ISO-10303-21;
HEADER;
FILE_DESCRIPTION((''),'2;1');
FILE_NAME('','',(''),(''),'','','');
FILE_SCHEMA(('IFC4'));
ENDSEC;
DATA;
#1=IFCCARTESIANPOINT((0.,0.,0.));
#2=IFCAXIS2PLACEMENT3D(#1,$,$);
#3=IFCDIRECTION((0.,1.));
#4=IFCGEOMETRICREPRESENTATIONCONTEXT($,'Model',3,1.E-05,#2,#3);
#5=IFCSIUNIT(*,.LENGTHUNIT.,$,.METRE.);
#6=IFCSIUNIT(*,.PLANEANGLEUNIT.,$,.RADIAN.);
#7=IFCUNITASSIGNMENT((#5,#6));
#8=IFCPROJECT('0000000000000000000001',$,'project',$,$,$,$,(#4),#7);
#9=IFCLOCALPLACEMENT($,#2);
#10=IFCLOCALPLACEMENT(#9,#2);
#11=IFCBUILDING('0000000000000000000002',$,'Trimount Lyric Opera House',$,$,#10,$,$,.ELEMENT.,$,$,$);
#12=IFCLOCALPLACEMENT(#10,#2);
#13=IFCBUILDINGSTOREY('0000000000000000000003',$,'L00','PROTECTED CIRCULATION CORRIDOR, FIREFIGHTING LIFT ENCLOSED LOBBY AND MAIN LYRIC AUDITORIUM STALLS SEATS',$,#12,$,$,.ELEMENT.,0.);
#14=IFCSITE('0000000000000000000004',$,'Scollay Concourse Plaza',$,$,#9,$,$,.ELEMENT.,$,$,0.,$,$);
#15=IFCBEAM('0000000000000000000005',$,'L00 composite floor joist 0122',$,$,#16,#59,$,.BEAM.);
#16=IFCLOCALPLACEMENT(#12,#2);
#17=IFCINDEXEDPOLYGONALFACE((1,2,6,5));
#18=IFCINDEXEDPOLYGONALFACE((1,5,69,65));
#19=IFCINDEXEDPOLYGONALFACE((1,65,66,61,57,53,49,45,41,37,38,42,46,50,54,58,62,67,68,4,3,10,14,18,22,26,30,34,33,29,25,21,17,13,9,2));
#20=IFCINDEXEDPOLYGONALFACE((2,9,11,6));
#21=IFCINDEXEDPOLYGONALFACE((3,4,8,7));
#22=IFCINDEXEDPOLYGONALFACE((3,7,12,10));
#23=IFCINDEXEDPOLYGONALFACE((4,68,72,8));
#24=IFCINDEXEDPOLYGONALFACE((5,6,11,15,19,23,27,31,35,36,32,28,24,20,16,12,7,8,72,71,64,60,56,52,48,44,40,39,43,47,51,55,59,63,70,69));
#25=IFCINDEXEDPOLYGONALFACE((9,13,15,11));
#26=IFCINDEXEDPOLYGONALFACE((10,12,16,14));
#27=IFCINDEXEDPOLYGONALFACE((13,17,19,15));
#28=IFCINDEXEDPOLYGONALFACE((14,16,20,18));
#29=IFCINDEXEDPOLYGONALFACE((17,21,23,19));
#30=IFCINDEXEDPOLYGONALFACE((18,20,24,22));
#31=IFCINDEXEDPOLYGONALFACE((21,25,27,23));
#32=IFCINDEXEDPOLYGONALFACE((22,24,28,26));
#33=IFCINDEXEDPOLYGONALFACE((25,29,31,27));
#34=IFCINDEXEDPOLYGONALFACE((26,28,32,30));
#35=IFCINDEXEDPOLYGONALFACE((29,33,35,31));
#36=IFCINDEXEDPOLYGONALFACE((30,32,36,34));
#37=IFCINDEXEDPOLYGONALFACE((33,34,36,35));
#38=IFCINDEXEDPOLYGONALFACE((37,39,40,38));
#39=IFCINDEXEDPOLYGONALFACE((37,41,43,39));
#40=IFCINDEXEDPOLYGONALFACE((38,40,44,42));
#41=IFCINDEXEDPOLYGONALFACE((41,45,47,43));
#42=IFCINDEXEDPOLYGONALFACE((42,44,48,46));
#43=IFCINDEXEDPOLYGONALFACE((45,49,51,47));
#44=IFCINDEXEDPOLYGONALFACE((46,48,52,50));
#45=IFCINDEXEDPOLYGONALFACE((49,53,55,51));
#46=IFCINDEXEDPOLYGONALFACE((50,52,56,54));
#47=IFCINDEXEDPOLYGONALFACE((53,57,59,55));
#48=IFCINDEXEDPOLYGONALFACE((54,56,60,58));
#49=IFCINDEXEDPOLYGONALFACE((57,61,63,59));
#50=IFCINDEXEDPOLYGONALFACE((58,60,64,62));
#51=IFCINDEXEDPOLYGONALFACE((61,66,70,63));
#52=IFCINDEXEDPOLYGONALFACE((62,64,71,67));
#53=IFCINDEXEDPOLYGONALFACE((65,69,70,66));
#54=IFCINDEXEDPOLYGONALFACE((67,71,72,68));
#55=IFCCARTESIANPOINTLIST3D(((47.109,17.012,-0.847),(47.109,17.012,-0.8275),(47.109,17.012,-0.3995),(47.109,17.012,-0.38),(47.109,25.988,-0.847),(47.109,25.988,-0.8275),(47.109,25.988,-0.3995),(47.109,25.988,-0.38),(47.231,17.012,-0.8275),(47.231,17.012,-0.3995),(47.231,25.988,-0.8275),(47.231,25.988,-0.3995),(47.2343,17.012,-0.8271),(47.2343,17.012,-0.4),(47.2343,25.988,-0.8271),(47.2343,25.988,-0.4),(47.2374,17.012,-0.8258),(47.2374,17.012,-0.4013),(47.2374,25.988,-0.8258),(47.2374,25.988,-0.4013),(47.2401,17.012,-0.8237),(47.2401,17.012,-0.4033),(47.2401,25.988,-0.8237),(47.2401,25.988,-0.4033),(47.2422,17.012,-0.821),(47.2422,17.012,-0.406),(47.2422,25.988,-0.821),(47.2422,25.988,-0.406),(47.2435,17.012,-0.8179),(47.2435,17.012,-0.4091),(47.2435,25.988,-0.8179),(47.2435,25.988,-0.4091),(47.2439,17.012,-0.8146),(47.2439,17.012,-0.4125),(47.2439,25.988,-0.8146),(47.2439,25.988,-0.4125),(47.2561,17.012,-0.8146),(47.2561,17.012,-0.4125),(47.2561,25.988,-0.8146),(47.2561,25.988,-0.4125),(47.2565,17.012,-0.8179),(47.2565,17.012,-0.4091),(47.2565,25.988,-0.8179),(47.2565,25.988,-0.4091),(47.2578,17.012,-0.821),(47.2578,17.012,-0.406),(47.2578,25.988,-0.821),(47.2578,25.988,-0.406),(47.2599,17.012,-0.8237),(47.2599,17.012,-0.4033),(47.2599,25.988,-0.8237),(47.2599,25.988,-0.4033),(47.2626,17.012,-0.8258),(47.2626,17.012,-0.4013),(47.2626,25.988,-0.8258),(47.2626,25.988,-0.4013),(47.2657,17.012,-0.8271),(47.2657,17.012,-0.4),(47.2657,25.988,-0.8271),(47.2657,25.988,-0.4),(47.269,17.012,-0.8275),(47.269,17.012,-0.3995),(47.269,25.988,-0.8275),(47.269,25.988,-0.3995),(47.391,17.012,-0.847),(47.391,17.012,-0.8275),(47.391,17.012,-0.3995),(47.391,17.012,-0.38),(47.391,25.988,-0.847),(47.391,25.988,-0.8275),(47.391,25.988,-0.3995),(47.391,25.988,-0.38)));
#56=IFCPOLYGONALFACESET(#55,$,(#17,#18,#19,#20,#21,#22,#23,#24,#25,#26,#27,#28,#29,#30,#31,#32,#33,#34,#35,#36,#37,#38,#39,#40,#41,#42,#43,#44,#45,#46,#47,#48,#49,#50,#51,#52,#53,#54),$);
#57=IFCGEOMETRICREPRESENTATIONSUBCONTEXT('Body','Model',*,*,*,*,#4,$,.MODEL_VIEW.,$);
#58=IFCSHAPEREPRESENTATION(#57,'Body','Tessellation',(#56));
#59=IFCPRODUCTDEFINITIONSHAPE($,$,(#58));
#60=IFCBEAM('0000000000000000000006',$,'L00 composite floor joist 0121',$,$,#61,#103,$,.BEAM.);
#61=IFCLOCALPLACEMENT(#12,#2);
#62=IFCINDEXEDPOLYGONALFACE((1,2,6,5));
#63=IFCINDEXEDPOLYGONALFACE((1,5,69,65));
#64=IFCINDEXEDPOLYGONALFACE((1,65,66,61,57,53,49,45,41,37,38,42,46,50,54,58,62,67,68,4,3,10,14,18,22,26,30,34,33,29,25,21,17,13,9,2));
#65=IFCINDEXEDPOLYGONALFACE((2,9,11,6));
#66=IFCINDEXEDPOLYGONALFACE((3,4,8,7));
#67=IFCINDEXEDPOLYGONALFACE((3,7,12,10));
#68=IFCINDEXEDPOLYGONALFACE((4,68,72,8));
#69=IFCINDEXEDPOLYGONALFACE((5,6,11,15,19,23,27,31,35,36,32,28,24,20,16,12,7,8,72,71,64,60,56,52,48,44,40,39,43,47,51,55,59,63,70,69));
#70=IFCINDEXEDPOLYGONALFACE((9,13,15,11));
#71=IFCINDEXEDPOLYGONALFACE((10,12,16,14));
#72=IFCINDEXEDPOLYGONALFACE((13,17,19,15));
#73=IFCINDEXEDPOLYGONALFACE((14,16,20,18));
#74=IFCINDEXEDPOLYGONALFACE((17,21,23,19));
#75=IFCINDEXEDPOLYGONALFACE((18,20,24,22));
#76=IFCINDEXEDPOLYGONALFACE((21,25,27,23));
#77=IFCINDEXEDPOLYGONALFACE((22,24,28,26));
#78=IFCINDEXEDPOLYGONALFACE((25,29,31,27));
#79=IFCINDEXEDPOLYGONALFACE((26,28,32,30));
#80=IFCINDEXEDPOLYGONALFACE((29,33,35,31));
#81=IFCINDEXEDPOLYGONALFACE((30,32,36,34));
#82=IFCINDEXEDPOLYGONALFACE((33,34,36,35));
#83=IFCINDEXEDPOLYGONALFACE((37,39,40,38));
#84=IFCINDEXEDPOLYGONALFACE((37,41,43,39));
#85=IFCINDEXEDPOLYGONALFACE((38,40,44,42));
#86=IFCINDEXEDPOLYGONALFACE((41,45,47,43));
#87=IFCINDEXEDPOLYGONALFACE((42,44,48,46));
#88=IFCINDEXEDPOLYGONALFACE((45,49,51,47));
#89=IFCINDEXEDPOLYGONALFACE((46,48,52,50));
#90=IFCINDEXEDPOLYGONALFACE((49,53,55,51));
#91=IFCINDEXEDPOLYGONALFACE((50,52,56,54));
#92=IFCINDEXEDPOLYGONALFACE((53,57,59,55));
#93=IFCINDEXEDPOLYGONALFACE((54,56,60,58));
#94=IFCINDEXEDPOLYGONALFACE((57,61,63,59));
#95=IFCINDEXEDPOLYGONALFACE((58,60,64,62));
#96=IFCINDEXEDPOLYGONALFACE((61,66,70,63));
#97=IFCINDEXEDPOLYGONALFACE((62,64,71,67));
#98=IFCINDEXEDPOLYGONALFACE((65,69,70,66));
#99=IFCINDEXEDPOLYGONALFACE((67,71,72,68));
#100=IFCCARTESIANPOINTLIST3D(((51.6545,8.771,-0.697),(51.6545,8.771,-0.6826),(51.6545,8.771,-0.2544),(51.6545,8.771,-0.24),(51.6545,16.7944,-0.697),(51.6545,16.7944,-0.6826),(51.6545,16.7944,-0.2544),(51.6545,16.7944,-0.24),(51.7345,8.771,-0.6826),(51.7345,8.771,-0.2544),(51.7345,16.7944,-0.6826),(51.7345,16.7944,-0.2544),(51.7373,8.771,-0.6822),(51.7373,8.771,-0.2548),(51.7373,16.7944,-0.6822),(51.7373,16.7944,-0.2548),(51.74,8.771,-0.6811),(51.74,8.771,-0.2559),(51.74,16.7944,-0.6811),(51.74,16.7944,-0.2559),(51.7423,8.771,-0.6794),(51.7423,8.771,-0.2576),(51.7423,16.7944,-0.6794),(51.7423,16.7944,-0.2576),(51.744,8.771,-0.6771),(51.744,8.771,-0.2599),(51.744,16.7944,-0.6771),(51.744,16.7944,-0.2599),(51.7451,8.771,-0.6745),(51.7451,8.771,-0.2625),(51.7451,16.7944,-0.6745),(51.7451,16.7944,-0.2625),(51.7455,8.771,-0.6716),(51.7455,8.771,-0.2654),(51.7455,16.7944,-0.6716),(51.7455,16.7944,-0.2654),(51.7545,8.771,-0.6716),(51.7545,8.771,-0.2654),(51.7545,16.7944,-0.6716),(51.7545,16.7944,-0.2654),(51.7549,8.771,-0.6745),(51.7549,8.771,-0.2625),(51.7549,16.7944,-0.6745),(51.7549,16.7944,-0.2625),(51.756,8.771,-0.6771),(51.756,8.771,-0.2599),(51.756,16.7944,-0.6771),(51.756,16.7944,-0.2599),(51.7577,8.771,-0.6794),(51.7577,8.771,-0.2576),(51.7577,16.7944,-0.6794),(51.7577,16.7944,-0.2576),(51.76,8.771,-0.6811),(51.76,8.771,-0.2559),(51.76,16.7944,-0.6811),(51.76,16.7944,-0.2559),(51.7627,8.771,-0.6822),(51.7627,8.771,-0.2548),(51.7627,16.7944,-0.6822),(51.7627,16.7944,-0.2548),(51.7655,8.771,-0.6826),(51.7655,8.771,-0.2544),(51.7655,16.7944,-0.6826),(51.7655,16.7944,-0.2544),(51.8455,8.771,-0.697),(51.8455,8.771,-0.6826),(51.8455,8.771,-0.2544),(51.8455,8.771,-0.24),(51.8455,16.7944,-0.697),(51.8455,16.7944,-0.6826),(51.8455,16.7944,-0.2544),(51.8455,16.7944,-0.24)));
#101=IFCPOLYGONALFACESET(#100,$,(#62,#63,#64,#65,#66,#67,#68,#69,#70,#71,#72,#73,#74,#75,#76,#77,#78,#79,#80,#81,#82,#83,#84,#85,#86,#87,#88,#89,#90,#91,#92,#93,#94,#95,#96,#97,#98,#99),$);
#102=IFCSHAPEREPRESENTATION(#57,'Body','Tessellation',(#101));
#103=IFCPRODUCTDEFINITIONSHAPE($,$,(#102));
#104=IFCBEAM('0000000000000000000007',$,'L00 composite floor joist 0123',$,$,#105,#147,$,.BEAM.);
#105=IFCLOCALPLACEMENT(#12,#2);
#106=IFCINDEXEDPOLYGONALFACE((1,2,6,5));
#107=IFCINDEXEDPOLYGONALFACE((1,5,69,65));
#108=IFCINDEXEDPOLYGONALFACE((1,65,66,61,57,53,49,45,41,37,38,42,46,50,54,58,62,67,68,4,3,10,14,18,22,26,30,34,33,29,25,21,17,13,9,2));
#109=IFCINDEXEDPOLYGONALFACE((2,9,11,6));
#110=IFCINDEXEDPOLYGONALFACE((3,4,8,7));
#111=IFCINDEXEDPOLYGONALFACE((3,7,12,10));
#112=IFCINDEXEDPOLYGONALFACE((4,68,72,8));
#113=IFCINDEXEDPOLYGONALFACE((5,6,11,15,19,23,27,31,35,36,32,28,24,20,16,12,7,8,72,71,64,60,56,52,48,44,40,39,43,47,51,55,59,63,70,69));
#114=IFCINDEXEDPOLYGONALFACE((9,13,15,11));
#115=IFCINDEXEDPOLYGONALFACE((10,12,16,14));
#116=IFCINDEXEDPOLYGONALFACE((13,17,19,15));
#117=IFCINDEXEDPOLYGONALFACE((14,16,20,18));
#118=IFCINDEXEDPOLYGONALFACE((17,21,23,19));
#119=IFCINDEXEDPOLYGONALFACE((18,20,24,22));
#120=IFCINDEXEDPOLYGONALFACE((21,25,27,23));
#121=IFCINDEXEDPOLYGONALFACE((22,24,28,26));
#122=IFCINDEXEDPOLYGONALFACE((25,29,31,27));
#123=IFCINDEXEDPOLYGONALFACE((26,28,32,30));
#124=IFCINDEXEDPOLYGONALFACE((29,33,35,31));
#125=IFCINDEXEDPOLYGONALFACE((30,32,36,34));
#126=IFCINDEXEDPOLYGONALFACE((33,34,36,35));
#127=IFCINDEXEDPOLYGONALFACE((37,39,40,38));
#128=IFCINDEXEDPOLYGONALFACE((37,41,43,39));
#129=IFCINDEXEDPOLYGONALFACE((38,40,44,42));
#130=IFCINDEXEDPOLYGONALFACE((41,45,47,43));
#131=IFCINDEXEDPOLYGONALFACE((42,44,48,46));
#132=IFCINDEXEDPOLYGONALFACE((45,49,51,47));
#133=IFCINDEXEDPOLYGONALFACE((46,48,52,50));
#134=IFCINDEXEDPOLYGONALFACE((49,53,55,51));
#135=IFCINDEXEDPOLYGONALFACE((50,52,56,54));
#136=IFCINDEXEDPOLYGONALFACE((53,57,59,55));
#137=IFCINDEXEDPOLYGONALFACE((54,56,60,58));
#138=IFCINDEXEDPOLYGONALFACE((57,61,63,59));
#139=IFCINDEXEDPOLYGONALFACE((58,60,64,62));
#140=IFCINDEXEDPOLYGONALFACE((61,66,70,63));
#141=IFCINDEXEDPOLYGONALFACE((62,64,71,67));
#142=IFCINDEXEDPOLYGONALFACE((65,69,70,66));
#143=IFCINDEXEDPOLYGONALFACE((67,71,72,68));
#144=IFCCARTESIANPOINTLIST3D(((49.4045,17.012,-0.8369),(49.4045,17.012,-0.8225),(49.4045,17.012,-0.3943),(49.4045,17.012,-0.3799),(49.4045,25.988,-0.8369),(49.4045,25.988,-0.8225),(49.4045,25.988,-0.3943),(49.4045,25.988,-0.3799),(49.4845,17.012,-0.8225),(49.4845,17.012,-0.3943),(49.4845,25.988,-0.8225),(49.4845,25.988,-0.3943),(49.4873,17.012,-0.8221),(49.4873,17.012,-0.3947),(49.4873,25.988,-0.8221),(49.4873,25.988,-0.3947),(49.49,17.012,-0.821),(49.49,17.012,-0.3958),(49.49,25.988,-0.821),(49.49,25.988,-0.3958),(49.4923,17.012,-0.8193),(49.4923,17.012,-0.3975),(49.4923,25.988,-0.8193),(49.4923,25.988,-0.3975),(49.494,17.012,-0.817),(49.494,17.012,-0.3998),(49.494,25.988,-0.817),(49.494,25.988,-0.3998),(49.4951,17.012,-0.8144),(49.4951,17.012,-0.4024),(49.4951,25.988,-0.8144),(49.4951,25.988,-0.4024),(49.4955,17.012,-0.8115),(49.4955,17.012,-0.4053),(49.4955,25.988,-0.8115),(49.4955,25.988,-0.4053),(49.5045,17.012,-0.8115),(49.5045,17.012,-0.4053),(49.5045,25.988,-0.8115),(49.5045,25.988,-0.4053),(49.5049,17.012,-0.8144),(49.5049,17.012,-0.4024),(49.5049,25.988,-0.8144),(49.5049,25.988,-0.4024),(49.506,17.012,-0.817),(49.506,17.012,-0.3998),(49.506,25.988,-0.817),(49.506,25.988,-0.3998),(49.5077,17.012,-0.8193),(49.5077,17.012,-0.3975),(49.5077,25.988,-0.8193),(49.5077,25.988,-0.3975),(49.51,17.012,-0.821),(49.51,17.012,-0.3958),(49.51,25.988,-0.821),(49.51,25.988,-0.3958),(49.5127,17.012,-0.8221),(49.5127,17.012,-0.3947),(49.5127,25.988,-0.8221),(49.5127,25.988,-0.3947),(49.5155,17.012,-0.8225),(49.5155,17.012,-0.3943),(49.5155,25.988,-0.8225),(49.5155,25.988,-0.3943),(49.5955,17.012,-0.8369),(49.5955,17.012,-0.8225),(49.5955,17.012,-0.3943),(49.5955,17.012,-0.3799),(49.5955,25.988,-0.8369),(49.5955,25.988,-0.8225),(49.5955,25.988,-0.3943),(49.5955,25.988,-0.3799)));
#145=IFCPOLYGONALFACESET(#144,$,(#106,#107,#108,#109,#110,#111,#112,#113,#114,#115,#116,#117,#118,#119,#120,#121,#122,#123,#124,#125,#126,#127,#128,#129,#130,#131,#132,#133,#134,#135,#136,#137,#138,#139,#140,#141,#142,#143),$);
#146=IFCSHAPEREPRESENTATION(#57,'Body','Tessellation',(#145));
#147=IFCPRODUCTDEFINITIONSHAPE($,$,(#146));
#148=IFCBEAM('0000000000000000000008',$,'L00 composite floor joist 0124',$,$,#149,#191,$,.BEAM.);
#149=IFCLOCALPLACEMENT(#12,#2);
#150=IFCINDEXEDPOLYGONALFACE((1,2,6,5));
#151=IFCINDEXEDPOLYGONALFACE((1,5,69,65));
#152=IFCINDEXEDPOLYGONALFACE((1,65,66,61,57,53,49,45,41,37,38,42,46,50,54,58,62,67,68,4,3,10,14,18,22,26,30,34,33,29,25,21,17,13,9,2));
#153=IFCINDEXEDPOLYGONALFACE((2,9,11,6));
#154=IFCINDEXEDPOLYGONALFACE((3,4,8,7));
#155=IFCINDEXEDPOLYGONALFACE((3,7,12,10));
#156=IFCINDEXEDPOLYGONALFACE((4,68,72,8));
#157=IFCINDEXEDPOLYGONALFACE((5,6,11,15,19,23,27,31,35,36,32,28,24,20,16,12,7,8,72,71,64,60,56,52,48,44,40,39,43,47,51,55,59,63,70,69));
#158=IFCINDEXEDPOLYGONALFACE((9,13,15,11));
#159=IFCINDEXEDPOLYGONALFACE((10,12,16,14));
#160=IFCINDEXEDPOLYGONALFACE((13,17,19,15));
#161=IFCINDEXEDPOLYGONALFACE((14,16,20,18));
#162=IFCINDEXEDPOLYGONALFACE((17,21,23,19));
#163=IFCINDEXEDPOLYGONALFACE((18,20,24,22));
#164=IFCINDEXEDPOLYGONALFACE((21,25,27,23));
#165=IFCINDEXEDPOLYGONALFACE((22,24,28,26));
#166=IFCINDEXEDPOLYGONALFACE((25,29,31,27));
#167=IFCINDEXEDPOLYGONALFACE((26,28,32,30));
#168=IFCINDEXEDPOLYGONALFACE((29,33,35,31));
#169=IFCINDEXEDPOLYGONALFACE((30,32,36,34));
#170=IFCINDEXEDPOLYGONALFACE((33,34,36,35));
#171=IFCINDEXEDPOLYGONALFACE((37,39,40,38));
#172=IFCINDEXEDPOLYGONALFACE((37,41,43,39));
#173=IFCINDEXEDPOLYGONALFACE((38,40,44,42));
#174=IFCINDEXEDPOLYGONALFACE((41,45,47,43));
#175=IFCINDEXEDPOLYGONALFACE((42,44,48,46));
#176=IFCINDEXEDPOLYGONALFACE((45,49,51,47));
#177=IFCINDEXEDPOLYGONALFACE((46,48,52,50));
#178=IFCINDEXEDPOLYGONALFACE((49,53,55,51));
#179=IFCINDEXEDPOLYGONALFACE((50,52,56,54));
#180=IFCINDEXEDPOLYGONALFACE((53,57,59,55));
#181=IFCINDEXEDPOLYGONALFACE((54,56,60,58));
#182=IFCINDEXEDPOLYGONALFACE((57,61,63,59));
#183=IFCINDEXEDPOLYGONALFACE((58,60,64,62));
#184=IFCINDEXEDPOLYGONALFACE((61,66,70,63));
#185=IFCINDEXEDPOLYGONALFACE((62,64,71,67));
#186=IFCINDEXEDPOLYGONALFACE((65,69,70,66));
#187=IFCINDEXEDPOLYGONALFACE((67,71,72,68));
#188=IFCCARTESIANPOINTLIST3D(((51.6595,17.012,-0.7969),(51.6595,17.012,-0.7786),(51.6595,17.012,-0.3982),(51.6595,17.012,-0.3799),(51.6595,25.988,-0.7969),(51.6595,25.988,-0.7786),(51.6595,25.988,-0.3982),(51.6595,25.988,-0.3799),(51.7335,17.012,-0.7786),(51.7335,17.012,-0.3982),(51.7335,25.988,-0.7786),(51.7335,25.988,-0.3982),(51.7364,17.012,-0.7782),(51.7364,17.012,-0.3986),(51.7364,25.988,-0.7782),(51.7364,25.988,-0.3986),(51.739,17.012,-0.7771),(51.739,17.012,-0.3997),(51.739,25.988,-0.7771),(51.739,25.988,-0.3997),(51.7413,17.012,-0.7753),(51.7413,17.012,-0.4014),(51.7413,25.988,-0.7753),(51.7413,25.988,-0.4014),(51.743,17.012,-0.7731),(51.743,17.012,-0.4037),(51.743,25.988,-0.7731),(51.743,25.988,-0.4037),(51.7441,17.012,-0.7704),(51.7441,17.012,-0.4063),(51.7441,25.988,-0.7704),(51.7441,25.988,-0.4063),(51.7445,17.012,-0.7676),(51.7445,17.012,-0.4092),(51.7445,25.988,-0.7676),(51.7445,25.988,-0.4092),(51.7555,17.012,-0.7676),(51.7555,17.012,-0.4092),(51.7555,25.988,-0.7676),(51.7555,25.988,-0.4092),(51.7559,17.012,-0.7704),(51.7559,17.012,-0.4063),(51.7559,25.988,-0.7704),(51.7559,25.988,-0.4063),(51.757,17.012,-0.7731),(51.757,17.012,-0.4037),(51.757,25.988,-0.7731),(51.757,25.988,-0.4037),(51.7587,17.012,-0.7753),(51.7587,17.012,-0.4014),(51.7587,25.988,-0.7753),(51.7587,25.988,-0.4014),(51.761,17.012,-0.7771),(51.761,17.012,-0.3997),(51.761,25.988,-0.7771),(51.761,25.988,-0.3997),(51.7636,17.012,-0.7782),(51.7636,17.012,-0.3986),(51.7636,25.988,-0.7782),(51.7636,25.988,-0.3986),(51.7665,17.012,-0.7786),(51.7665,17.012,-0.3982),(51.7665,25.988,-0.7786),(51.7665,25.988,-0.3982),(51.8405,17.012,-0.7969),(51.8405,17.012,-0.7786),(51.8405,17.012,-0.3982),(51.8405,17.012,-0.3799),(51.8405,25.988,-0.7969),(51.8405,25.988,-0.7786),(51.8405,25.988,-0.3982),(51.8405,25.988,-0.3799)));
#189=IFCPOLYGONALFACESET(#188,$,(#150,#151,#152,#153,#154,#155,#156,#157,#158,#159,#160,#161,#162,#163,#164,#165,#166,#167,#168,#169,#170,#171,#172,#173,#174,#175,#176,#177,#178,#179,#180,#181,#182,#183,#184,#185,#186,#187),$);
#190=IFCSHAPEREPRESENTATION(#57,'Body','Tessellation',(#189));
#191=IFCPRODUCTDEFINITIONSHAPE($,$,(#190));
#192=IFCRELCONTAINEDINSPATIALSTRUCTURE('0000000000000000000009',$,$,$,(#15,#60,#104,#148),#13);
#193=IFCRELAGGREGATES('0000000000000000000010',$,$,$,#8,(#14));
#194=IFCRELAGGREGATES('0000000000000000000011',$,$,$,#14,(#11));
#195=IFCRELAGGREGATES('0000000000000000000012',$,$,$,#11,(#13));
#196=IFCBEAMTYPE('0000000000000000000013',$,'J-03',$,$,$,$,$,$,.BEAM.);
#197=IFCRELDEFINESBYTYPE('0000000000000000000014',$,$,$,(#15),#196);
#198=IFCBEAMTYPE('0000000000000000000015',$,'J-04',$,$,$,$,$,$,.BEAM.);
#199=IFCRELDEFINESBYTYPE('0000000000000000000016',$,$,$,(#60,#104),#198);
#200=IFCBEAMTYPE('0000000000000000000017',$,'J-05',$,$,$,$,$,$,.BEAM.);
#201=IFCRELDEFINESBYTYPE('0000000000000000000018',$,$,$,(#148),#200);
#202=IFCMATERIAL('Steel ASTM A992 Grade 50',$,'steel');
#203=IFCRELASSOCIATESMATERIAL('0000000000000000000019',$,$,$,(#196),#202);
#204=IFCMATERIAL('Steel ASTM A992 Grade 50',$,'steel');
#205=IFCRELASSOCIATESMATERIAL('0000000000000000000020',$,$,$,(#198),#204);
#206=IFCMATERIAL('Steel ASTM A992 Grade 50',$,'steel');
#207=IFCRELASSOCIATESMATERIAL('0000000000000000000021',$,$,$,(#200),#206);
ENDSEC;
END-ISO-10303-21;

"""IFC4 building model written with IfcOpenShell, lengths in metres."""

from ifc_helpers import new_model, si_unit, direction, frame, origin, origin_2d, place, context, subcontext, project, spatial, i_section, extrude, material, material_profile, profile_set, type_object, element, save


model = new_model("IFC4")

# Units and contexts
model_context = context("Model", 3, precision=1e-05, world=origin(), true_north=direction((0.0, 1.0)))
body_context = subcontext(model_context, "Body", "Model", "MODEL_VIEW")
ifc_project = project(units=[si_unit("LENGTHUNIT", "METRE"), si_unit("PLANEANGLEUNIT", "RADIAN")], contexts=[model_context])

# Site, building, storey
site_placement = place(None, origin())
site = spatial("IfcSite", under=ifc_project, at=site_placement, Name="Scollay Concourse Plaza", CompositionType="ELEMENT", RefElevation=0.0)
building_placement = place(site_placement, origin())
building = spatial("IfcBuilding", under=site, at=building_placement, Name="Trimount Lyric Opera House", CompositionType="ELEMENT")
storey_placement = place(building_placement, origin())
storey = spatial("IfcBuildingStorey", under=building, at=storey_placement, Name="L00", Description="PROTECTED CIRCULATION CORRIDOR, FIREFIGHTING LIFT ENCLOSED LOBBY AND MAIN LYRIC AUDITORIUM STALLS SEATS", CompositionType="ELEMENT", Elevation=0.0)

# Beams
ifc_material_1 = material(Name="Steel ASTM A992 Grade 50", Category="steel")
ifc_material_profile_1 = material_profile(ifc_material_1, i_section(OverallWidth=0.282, OverallDepth=0.467, WebThickness=0.0122, FlangeThickness=0.0195, FilletRadius=0.0129, at=origin_2d()), Name="W18X86")
ifc_profile_set_1 = profile_set([ifc_material_profile_1], Name="Steel ASTM A992 Grade 50")
beam_type_1 = type_object("IfcBeamType", Name="J-03", PredefinedType="BEAM", material=ifc_profile_set_1)
beam_1_placement = place(storey_placement, frame((47.25, 17.012, -0.6135), z_axis=(0.0, 1.0, 0.0), x_axis=(-1.0, 0.0, 0.0)))
element("IfcBeam", 1, at=beam_1_placement, inside=storey, type_object=beam_type_1, Name="L00 composite floor joist 0122", PredefinedType="BEAM", context=body_context, shape_type="SweptSolid", body=[
    extrude(i_section(OverallWidth=0.282, OverallDepth=0.467, WebThickness=0.0122, FlangeThickness=0.0195, FilletRadius=0.0129, at=origin_2d()), origin(), (0.0, 0.0, 1.0), 8.9761),
])
ifc_material_2 = material(Name="Steel ASTM A992 Grade 50", Category="steel")
ifc_material_profile_2 = material_profile(ifc_material_2, i_section(OverallWidth=0.1909, OverallDepth=0.457, WebThickness=0.009, FlangeThickness=0.0144, FilletRadius=0.011, at=origin_2d()), Name="W18X50")
ifc_profile_set_2 = profile_set([ifc_material_profile_2], Name="Steel ASTM A992 Grade 50")
beam_type_2 = type_object("IfcBeamType", Name="J-04", PredefinedType="BEAM", material=ifc_profile_set_2)
beam_2_placement = place(storey_placement, frame((51.75, 8.771, -0.4685), z_axis=(0.0, 1.0, 0.0), x_axis=(-1.0, 0.0, 0.0)))
element("IfcBeam", 2, at=beam_2_placement, inside=storey, type_object=beam_type_2, Name="L00 composite floor joist 0121", PredefinedType="BEAM", context=body_context, shape_type="SweptSolid", body=[
    extrude(i_section(OverallWidth=0.1909, OverallDepth=0.457, WebThickness=0.009, FlangeThickness=0.0144, FilletRadius=0.011, at=origin_2d()), origin(), (0.0, 0.0, 1.0), 8.0234),
])
beam_3_placement = place(storey_placement, frame((49.5, 17.012, -0.6084), z_axis=(0.0, 1.0, 0.0), x_axis=(-1.0, 0.0, 0.0)))
element("IfcBeam", 3, at=beam_3_placement, inside=storey, type_object=beam_type_2, Name="L00 composite floor joist 0123", PredefinedType="BEAM", context=body_context, shape_type="SweptSolid", body=[
    extrude(i_section(OverallWidth=0.1909, OverallDepth=0.457, WebThickness=0.009, FlangeThickness=0.0144, FilletRadius=0.011, at=origin_2d()), origin(), (0.0, 0.0, 1.0), 8.9761),
])
ifc_material_3 = material(Name="Steel ASTM A992 Grade 50", Category="steel")
ifc_material_profile_3 = material_profile(ifc_material_3, i_section(OverallWidth=0.1809, OverallDepth=0.417, WebThickness=0.011, FlangeThickness=0.0183, FilletRadius=0.011, at=origin_2d()), Name="W16X57")
ifc_profile_set_3 = profile_set([ifc_material_profile_3], Name="Steel ASTM A992 Grade 50")
beam_type_3 = type_object("IfcBeamType", Name="J-05", PredefinedType="BEAM", material=ifc_profile_set_3)
beam_4_placement = place(storey_placement, frame((51.75, 17.012, -0.5884), z_axis=(0.0, 1.0, 0.0), x_axis=(-1.0, 0.0, 0.0)))
element("IfcBeam", 4, at=beam_4_placement, inside=storey, type_object=beam_type_3, Name="L00 composite floor joist 0124", PredefinedType="BEAM", context=body_context, shape_type="SweptSolid", body=[
    extrude(i_section(OverallWidth=0.1809, OverallDepth=0.417, WebThickness=0.011, FlangeThickness=0.0183, FilletRadius=0.011, at=origin_2d()), origin(), (0.0, 0.0, 1.0), 8.9761),
])

save(model, "model.ifc")
